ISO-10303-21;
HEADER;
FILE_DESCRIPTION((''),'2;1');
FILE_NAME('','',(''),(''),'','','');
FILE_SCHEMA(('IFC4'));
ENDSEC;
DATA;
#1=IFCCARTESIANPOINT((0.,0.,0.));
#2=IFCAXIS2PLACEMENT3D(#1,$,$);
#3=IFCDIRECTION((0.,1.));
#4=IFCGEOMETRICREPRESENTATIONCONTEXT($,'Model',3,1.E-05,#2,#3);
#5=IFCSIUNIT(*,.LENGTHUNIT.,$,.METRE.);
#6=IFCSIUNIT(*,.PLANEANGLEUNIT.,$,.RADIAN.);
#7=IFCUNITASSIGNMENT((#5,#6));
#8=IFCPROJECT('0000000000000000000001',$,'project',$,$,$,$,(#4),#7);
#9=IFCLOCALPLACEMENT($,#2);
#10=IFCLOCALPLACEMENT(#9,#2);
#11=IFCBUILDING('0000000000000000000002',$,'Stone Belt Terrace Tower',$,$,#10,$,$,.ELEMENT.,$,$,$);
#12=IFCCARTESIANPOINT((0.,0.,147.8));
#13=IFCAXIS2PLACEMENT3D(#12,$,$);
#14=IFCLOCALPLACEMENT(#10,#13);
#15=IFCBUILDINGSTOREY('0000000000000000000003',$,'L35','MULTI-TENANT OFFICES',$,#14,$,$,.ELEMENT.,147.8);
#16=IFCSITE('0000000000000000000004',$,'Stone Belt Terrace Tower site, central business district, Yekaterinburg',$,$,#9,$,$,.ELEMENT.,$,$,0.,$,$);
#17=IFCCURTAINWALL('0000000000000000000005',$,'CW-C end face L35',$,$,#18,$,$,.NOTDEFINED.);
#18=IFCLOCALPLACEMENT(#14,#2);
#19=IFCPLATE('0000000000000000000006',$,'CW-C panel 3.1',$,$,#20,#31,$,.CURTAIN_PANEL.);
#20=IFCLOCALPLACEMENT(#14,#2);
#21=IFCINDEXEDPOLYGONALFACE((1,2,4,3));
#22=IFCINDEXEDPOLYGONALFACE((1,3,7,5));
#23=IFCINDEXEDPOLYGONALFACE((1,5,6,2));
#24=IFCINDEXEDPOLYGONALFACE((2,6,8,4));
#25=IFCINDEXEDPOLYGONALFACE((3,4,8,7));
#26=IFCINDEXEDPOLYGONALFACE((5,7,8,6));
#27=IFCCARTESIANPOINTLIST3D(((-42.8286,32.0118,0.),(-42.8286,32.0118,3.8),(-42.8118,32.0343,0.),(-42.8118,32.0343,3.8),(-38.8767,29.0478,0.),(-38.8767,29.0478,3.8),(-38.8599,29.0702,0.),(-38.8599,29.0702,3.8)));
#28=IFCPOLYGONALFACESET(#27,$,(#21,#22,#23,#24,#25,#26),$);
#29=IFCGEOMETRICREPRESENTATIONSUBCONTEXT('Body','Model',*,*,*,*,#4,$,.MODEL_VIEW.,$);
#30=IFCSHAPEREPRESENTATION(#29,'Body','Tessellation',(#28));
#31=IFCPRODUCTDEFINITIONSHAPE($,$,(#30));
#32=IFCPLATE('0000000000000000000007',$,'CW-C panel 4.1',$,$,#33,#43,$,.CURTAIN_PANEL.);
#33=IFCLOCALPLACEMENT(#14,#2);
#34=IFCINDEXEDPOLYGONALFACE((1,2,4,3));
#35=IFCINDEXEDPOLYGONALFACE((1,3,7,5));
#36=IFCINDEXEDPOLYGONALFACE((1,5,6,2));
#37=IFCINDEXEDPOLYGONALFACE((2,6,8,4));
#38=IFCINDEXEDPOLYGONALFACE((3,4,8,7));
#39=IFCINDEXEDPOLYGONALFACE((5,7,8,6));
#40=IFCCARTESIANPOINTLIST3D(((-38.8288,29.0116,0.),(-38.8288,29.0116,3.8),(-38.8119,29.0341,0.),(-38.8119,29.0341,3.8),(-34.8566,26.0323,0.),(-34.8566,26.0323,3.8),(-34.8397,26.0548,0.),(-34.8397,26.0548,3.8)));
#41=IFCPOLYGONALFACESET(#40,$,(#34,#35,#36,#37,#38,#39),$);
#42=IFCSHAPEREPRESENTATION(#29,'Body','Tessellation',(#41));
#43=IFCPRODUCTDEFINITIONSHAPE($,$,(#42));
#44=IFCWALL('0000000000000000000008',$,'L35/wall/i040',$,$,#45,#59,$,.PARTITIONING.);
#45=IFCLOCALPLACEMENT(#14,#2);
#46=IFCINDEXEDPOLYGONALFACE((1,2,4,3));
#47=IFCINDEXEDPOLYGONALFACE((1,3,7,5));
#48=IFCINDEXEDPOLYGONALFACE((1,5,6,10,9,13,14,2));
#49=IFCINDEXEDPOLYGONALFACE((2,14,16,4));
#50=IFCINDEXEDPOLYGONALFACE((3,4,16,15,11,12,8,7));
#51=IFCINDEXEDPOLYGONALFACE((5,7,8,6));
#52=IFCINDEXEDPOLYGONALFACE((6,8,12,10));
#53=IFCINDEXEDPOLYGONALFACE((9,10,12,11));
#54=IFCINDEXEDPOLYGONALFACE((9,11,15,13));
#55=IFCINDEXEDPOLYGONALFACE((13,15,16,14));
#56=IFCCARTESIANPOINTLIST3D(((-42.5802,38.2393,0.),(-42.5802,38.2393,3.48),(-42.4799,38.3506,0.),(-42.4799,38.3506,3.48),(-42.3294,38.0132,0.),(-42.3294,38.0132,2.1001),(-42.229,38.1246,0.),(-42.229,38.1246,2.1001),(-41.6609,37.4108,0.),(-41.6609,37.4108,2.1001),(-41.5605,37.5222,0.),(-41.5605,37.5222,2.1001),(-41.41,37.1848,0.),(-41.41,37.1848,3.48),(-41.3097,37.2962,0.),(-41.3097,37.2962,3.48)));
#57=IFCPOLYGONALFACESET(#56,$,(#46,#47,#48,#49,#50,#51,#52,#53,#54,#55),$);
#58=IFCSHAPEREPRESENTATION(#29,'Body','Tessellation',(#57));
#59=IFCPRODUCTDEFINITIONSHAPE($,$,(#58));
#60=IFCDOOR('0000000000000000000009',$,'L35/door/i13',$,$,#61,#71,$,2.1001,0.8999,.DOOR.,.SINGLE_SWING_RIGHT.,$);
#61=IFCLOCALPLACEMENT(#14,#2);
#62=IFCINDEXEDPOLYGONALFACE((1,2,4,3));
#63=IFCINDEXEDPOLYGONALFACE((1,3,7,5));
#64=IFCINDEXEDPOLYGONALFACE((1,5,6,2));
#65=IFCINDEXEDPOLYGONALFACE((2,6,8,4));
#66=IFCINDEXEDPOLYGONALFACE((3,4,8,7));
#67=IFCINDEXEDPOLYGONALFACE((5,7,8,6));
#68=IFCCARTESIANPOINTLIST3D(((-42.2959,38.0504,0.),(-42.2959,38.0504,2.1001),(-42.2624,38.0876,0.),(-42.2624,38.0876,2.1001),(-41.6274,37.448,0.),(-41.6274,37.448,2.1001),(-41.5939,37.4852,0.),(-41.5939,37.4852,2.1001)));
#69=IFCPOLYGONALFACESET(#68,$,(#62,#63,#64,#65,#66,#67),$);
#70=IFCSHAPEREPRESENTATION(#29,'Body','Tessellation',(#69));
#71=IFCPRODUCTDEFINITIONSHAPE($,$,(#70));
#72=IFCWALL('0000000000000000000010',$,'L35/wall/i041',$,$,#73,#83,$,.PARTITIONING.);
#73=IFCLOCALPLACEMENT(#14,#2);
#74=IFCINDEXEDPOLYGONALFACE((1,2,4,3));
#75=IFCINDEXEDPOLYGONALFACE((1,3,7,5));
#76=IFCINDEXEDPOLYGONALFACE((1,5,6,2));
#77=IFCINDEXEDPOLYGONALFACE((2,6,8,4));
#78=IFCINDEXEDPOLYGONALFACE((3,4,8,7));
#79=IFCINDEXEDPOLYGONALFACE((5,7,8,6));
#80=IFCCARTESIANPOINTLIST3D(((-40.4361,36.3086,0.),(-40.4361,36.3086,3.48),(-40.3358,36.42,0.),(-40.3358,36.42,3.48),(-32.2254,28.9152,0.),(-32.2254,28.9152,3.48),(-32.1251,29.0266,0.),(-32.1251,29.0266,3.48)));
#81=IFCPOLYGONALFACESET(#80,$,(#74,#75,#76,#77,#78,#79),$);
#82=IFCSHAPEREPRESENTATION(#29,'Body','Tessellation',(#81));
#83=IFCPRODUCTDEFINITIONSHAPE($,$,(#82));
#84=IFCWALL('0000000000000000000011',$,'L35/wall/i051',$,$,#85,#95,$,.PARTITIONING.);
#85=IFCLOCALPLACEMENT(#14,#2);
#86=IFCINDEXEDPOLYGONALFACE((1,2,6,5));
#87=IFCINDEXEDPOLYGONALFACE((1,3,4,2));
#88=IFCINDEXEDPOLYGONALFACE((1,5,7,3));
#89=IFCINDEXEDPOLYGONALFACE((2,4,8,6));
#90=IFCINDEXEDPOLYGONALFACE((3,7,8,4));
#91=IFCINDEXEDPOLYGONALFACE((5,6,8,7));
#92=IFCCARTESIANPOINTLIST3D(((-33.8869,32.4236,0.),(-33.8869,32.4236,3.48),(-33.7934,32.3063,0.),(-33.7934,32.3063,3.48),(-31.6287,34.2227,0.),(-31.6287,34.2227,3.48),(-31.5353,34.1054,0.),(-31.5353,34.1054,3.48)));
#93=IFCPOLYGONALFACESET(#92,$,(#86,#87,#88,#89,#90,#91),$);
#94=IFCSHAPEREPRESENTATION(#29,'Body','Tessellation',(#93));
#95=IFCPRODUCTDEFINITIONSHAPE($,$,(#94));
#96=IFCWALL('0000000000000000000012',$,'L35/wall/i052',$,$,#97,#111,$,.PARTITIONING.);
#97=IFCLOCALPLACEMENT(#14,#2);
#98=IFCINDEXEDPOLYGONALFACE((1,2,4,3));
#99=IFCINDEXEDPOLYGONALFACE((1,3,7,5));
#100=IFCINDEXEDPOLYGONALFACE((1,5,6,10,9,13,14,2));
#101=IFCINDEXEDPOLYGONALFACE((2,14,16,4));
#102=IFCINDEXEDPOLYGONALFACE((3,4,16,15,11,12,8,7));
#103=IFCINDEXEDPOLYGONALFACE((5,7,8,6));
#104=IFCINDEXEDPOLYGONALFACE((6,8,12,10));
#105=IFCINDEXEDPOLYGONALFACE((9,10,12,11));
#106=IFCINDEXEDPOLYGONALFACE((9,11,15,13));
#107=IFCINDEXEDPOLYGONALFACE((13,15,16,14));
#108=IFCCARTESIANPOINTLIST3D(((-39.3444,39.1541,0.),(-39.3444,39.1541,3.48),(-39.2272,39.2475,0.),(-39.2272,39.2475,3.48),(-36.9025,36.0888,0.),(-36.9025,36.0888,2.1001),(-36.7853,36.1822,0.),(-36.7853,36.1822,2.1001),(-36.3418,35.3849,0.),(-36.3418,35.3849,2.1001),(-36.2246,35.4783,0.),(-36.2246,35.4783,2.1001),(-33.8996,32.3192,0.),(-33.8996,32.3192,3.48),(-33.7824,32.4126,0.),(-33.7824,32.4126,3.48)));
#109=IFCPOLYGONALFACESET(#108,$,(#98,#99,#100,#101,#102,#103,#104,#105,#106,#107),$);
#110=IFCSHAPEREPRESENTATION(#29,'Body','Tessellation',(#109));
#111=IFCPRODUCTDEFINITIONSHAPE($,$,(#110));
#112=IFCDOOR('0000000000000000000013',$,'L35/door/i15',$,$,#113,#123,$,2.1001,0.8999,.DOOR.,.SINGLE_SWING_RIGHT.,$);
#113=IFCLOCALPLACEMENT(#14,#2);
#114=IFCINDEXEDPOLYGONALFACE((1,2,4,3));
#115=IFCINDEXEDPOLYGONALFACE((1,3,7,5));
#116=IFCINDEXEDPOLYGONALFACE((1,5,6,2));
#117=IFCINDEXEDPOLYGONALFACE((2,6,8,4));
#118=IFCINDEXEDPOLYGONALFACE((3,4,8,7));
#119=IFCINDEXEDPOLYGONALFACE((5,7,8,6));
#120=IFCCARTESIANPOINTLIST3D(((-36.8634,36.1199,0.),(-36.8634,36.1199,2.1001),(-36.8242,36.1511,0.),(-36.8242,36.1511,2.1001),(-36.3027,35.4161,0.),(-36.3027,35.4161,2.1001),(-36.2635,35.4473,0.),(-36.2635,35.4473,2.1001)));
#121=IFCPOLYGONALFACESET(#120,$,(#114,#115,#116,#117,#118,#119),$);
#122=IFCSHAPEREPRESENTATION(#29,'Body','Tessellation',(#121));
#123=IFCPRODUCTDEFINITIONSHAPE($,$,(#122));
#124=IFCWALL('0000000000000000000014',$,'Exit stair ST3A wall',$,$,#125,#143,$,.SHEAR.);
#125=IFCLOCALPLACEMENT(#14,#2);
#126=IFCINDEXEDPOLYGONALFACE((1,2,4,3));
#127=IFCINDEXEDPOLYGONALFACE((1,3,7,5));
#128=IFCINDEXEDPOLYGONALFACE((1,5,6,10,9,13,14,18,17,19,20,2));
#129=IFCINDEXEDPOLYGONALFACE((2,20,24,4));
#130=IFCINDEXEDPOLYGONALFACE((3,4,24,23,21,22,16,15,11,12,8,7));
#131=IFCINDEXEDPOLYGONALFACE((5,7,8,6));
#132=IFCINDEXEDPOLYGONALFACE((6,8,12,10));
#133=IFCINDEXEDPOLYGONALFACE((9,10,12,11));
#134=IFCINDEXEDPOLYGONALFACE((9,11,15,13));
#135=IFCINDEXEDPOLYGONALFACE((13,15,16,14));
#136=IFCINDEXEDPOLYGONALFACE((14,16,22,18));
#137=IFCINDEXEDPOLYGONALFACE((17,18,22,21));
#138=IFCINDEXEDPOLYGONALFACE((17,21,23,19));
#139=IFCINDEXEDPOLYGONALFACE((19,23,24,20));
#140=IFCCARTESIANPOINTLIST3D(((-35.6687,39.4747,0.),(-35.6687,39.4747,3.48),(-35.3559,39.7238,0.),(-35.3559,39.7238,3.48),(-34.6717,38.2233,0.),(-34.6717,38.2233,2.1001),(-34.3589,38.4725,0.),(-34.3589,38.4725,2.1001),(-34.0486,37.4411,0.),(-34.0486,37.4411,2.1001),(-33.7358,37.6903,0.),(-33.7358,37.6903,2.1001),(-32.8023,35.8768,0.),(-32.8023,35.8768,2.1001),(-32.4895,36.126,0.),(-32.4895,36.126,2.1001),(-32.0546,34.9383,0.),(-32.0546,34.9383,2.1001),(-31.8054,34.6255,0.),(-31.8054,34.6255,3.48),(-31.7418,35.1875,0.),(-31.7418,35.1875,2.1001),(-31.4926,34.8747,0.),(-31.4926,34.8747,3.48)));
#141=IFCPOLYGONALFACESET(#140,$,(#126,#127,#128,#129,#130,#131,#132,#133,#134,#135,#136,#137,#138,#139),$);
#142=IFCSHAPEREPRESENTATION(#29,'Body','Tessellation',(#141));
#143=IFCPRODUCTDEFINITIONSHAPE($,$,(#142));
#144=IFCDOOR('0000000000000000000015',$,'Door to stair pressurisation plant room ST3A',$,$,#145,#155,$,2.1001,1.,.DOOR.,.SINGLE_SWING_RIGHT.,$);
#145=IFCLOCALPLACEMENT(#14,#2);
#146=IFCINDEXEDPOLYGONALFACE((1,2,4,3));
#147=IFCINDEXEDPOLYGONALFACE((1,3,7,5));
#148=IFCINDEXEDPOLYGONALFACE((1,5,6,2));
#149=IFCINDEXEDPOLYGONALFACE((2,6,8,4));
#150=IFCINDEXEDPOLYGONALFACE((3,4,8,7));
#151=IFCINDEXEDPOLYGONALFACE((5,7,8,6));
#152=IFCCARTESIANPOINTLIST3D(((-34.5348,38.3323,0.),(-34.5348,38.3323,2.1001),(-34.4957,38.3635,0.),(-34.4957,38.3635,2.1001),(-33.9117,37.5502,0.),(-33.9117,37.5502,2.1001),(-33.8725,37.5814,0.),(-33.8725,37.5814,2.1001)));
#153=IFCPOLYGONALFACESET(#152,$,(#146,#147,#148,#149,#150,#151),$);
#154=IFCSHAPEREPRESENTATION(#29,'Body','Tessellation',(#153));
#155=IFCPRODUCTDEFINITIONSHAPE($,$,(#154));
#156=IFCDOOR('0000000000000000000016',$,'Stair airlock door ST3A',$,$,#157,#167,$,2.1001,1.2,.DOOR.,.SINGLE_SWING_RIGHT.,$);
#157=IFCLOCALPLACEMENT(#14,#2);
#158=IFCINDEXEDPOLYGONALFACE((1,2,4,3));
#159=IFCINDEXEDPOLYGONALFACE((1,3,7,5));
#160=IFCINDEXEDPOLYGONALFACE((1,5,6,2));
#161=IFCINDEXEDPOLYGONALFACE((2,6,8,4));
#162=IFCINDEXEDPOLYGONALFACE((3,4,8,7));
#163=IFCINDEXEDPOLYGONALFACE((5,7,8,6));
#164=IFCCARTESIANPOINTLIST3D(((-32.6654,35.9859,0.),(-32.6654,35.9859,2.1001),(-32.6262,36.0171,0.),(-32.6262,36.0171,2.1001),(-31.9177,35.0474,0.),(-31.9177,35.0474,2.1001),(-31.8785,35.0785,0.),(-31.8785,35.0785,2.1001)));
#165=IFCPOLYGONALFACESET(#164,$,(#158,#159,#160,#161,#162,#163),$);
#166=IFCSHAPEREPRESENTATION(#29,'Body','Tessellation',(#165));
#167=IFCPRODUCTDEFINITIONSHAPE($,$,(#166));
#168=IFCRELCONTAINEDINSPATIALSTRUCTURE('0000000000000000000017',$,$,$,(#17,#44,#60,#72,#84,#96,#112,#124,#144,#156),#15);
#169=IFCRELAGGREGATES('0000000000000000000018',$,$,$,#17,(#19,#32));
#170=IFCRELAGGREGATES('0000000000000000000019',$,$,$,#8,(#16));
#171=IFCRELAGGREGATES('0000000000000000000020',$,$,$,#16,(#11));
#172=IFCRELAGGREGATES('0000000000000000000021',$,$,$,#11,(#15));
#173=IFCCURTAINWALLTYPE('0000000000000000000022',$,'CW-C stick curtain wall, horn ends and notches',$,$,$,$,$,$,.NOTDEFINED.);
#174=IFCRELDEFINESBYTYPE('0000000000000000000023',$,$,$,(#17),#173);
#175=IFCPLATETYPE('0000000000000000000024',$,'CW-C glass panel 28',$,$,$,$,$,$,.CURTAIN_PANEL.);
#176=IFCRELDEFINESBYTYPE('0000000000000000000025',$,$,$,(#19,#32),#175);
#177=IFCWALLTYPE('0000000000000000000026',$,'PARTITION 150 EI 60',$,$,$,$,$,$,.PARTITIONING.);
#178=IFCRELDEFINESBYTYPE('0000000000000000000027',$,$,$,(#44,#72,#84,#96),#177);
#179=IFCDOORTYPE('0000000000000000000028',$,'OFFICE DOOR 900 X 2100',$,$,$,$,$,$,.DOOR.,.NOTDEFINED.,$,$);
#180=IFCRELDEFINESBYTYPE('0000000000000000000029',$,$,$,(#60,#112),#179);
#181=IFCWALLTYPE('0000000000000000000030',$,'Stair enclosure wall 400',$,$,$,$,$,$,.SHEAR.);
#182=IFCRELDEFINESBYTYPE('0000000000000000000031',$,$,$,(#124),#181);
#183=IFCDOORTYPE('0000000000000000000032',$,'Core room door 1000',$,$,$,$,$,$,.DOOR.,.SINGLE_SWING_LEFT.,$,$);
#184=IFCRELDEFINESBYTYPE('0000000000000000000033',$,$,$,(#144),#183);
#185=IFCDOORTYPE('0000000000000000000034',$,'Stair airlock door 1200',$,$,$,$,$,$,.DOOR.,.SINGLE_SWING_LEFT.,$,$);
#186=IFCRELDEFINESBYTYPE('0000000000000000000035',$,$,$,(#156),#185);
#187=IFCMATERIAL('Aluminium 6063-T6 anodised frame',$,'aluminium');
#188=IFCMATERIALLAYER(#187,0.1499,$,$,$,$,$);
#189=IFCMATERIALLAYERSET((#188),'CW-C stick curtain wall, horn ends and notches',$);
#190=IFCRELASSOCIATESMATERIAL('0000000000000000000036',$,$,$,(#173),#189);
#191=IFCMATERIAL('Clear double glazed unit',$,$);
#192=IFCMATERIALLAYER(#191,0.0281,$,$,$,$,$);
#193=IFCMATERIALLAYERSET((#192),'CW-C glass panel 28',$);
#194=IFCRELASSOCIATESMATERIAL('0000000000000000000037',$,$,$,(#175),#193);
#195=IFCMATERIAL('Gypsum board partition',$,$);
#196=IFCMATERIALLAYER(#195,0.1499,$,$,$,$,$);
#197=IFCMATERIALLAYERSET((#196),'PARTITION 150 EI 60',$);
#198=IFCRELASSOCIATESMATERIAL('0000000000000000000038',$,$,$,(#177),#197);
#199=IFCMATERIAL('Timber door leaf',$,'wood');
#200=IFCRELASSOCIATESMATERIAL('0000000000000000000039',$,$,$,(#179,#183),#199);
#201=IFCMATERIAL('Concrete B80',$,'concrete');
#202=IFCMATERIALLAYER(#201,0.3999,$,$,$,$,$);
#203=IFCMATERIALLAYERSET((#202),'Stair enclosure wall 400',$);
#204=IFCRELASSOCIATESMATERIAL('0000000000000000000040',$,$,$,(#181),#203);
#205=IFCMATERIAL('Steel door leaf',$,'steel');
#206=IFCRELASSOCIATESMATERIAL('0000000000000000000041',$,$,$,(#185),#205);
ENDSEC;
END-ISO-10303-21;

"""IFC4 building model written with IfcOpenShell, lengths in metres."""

from ifc_helpers import new_model, si_unit, direction, frame, frame_2d, origin, origin_2d, place, context, subcontext, project, spatial, rectangle, extrude, material, layer, layer_set, type_object, element, fill, aggregate, save


model = new_model("IFC4")

# Units and contexts
model_context = context("Model", 3, precision=1e-05, world=origin(), true_north=direction((0.0, 1.0)))
body_context = subcontext(model_context, "Body", "Model", "MODEL_VIEW")
ifc_project = project(units=[si_unit("LENGTHUNIT", "METRE"), si_unit("PLANEANGLEUNIT", "RADIAN")], contexts=[model_context])

# Site, building, storey
site_placement = place(None, origin())
site = spatial("IfcSite", under=ifc_project, at=site_placement, Name="Stone Belt Terrace Tower site, central business district, Yekaterinburg", CompositionType="ELEMENT", RefElevation=0.0)
building_placement = place(site_placement, origin())
building = spatial("IfcBuilding", under=site, at=building_placement, Name="Stone Belt Terrace Tower", CompositionType="ELEMENT")
storey_placement = place(building_placement, frame((0.0, 0.0, 147.8)))
storey = spatial("IfcBuildingStorey", under=building, at=storey_placement, Name="L35", Description="MULTI-TENANT OFFICES", CompositionType="ELEMENT", Elevation=147.8)

# Shared definitions
ifc_material_1 = material(Name="Concrete B80", Category="concrete")

# Curtain wall
ifc_material_2 = material(Name="Aluminium 6063-T6 anodised frame", Category="aluminium")
ifc_layer_1 = layer(ifc_material_2, 0.1499)
ifc_layer_set_1 = layer_set([ifc_layer_1], Name="CW-C stick curtain wall, horn ends and notches")
curtain_wall_type_1 = type_object("IfcCurtainWallType", Name="CW-C stick curtain wall, horn ends and notches", PredefinedType="NOTDEFINED", material=ifc_layer_set_1)
curtain_wall_1_placement = place(storey_placement, origin())
curtain_wall_1 = element("IfcCurtainWall", 1, at=curtain_wall_1_placement, inside=storey, type_object=curtain_wall_type_1, Name="CW-C end face L35", PredefinedType="NOTDEFINED")

# Plates
ifc_material_3 = material(Name="Clear double glazed unit")
ifc_layer_2 = layer(ifc_material_3, 0.0281)
ifc_layer_set_2 = layer_set([ifc_layer_2], Name="CW-C glass panel 28")
plate_type_1 = type_object("IfcPlateType", Name="CW-C glass panel 28", PredefinedType="CURTAIN_PANEL", material=ifc_layer_set_2)
plate_1_placement = place(storey_placement, frame((-40.8442, 30.541, 0.0), z_axis=(0.0, 0.0, 1.0), x_axis=(0.799987, -0.600018, 0.0)))
plate_1 = element("IfcPlate", 2, at=plate_1_placement, type_object=plate_type_1, Name="CW-C panel 3.1", PredefinedType="CURTAIN_PANEL", context=body_context, shape_type="SweptSolid", body=[
    extrude(rectangle(XDim=4.9399, YDim=0.0281, at=origin_2d()), origin(), (0.0, 0.0, 1.0), 3.8),
])
plate_2_placement = place(storey_placement, frame((-36.8342, 27.5332, 0.0), z_axis=(0.0, 0.0, 1.0), x_axis=(0.799987, -0.600018, 0.0)))
plate_2 = element("IfcPlate", 3, at=plate_2_placement, type_object=plate_type_1, Name="CW-C panel 4.1", PredefinedType="CURTAIN_PANEL", context=body_context, shape_type="SweptSolid", body=[
    extrude(rectangle(XDim=4.9653, YDim=0.0281, at=origin_2d()), origin(), (0.0, 0.0, 1.0), 3.8),
])
aggregate(curtain_wall_1, [plate_1, plate_2])

# Wall, opening, door
ifc_material_4 = material(Name="Gypsum board partition")
ifc_layer_3 = layer(ifc_material_4, 0.1499)
ifc_layer_set_3 = layer_set([ifc_layer_3], Name="PARTITION 150 EI 60")
wall_type_1 = type_object("IfcWallType", Name="PARTITION 150 EI 60", PredefinedType="PARTITIONING", material=ifc_layer_set_3)
wall_1_placement = place(storey_placement, frame((-41.3599, 37.2405, 0.0), z_axis=(0.0, 0.0, 1.0), x_axis=(-0.742886, 0.669418, 0.0)))
wall_1 = element("IfcWall", 4, at=wall_1_placement, inside=storey, type_object=wall_type_1, Name="L35/wall/i040", PredefinedType="PARTITIONING", context=body_context, shape_type="SweptSolid", body=[
    extrude(rectangle(XDim=1.5752, YDim=0.1499, at=frame_2d((0.7876, 0.0))), origin(), (0.0, 0.0, 1.0), 3.48),
])
opening_1_placement = place(wall_1_placement, frame((0.3376, 0.0, 0.0)))
opening_1 = element("IfcOpeningElement", 5, at=opening_1_placement, cuts=wall_1, PredefinedType="OPENING", context=body_context, shape_type="SweptSolid", body=[
    extrude(rectangle(XDim=0.8999, YDim=2.1001, at=frame_2d((0.45, 1.05))), frame((0.0, 0.085, 0.0), z_axis=(0.0, -1.0, 0.0), x_axis=(1.0, 0.0, 0.0)), (0.0, 0.0, 1.0), 0.1699),
])
ifc_material_5 = material(Name="Timber door leaf", Category="wood")
door_type_1 = type_object("IfcDoorType", Name="OFFICE DOOR 900 X 2100", OperationType="NOTDEFINED", PredefinedType="DOOR", material=ifc_material_5)
door_1_placement = place(opening_1_placement, origin())
door_1 = element("IfcDoor", 6, at=door_1_placement, inside=storey, type_object=door_type_1, Name="L35/door/i13", OperationType="SINGLE_SWING_RIGHT", OverallHeight=2.1001, OverallWidth=0.8999, PredefinedType="DOOR", context=body_context, shape_type="SweptSolid", body=[
    extrude(rectangle(XDim=0.8999, YDim=2.1001, at=frame_2d((0.45, 1.05))), frame((0.0, 0.0249, 0.0), z_axis=(0.0, -1.0, 0.0), x_axis=(1.0, 0.0, 0.0)), (0.0, 0.0, 1.0), 0.05),
])
fill(opening_1, door_1)

# Walls
wall_2_placement = place(storey_placement, frame((-40.386, 36.3643, 0.0), z_axis=(0.0, 0.0, 1.0), x_axis=(0.743128, -0.669149, 0.0)))
element("IfcWall", 7, at=wall_2_placement, inside=storey, type_object=wall_type_1, Name="L35/wall/i041", PredefinedType="PARTITIONING", context=body_context, shape_type="SweptSolid", body=[
    extrude(rectangle(XDim=11.0488, YDim=0.1499, at=frame_2d((5.5244, 0.0))), origin(), (0.0, 0.0, 1.0), 3.48),
])
wall_3_placement = place(storey_placement, frame((-31.582, 34.1641, 0.0), z_axis=(0.0, 0.0, 1.0), x_axis=(-0.782113, -0.623137, 0.0)))
element("IfcWall", 8, at=wall_3_placement, inside=storey, type_object=wall_type_1, Name="L35/wall/i051", PredefinedType="PARTITIONING", context=body_context, shape_type="SweptSolid", body=[
    extrude(rectangle(XDim=2.8872, YDim=0.1499, at=frame_2d((1.4436, 0.0))), origin(), (0.0, 0.0, 1.0), 3.48),
])

# Wall, opening, door
wall_4_placement = place(storey_placement, frame((-33.8411, 32.366, 0.0), z_axis=(0.0, 0.0, 1.0), x_axis=(-0.623079, 0.782159, 0.0)))
wall_4 = element("IfcWall", 9, at=wall_4_placement, inside=storey, type_object=wall_type_1, Name="L35/wall/i052", PredefinedType="PARTITIONING", context=body_context, shape_type="SweptSolid", body=[
    extrude(rectangle(XDim=8.7385, YDim=0.1499, at=frame_2d((4.3691, 0.0))), origin(), (0.0, 0.0, 1.0), 3.48),
])
opening_2_placement = place(wall_4_placement, frame((3.9194, 0.0, 0.0)))
opening_2 = element("IfcOpeningElement", 10, at=opening_2_placement, cuts=wall_4, PredefinedType="OPENING", context=body_context, shape_type="SweptSolid", body=[
    extrude(rectangle(XDim=0.8999, YDim=2.1001, at=frame_2d((0.45, 1.05))), frame((0.0, 0.085, 0.0), z_axis=(0.0, -1.0, 0.0), x_axis=(1.0, 0.0, 0.0)), (0.0, 0.0, 1.0), 0.1699),
])
door_2_placement = place(opening_2_placement, origin())
door_2 = element("IfcDoor", 11, at=door_2_placement, inside=storey, type_object=door_type_1, Name="L35/door/i15", OperationType="SINGLE_SWING_RIGHT", OverallHeight=2.1001, OverallWidth=0.8999, PredefinedType="DOOR", context=body_context, shape_type="SweptSolid", body=[
    extrude(rectangle(XDim=0.8999, YDim=2.1001, at=frame_2d((0.45, 1.05))), frame((0.0, 0.0249, 0.0), z_axis=(0.0, -1.0, 0.0), x_axis=(1.0, 0.0, 0.0)), (0.0, 0.0, 1.0), 0.05),
])
fill(opening_2, door_2)

# Wall, openings, doors
ifc_layer_4 = layer(ifc_material_1, 0.3999)
ifc_layer_set_4 = layer_set([ifc_layer_4], Name="Stair enclosure wall 400")
wall_type_2 = type_object("IfcWallType", Name="Stair enclosure wall 400", PredefinedType="SHEAR", material=ifc_layer_set_4)
wall_5_placement = place(storey_placement, frame((-31.6489, 34.75, 0.0), z_axis=(0.0, 0.0, 1.0), x_axis=(-0.623119, 0.782127, 0.0)))
wall_5 = element("IfcWall", 12, at=wall_5_placement, inside=storey, type_object=wall_type_2, Name="Exit stair ST3A wall", PredefinedType="SHEAR", context=body_context, shape_type="SweptSolid", body=[
    extrude(rectangle(XDim=6.2, YDim=0.3999, at=frame_2d((3.1001, 0.0))), origin(), (0.0, 0.0, 1.0), 3.48),
])
opening_3_placement = place(wall_5_placement, frame((0.3999, 0.0, 0.0)))
opening_3 = element("IfcOpeningElement", 13, at=opening_3_placement, cuts=wall_5, PredefinedType="OPENING", context=body_context, shape_type="SweptSolid", body=[
    extrude(rectangle(XDim=1.2, YDim=2.1001, at=frame_2d((0.6001, 1.05))), frame((0.0, 0.21, 0.0), z_axis=(0.0, -1.0, 0.0), x_axis=(1.0, 0.0, 0.0)), (0.0, 0.0, 1.0), 0.4199),
])
opening_4_placement = place(wall_5_placement, frame((3.6001, 0.0, 0.0)))
opening_4 = element("IfcOpeningElement", 14, at=opening_4_placement, cuts=wall_5, PredefinedType="OPENING", context=body_context, shape_type="SweptSolid", body=[
    extrude(rectangle(XDim=1.0, YDim=2.1001, at=frame_2d((0.5, 1.05))), frame((0.0, 0.21, 0.0), z_axis=(0.0, -1.0, 0.0), x_axis=(1.0, 0.0, 0.0)), (0.0, 0.0, 1.0), 0.4199),
])
door_type_2 = type_object("IfcDoorType", Name="Core room door 1000", OperationType="SINGLE_SWING_LEFT", PredefinedType="DOOR", material=ifc_material_5)
door_3_placement = place(opening_4_placement, origin())
door_3 = element("IfcDoor", 15, at=door_3_placement, inside=storey, type_object=door_type_2, Name="Door to stair pressurisation plant room ST3A", OperationType="SINGLE_SWING_RIGHT", OverallHeight=2.1001, OverallWidth=1.0, PredefinedType="DOOR", context=body_context, shape_type="SweptSolid", body=[
    extrude(rectangle(XDim=1.0, YDim=2.1001, at=frame_2d((0.5, 1.05))), frame((0.0, 0.0249, 0.0), z_axis=(0.0, -1.0, 0.0), x_axis=(1.0, 0.0, 0.0)), (0.0, 0.0, 1.0), 0.05),
])
fill(opening_4, door_3)
ifc_material_6 = material(Name="Steel door leaf", Category="steel")
door_type_3 = type_object("IfcDoorType", Name="Stair airlock door 1200", OperationType="SINGLE_SWING_LEFT", PredefinedType="DOOR", material=ifc_material_6)
door_4_placement = place(opening_3_placement, origin())
door_4 = element("IfcDoor", 16, at=door_4_placement, inside=storey, type_object=door_type_3, Name="Stair airlock door ST3A", OperationType="SINGLE_SWING_RIGHT", OverallHeight=2.1001, OverallWidth=1.2, PredefinedType="DOOR", context=body_context, shape_type="SweptSolid", body=[
    extrude(rectangle(XDim=1.2, YDim=2.1001, at=frame_2d((0.6001, 1.05))), frame((0.0, 0.0249, 0.0), z_axis=(0.0, -1.0, 0.0), x_axis=(1.0, 0.0, 0.0)), (0.0, 0.0, 1.0), 0.05),
])
fill(opening_3, door_4)

save(model, "model.ifc")
